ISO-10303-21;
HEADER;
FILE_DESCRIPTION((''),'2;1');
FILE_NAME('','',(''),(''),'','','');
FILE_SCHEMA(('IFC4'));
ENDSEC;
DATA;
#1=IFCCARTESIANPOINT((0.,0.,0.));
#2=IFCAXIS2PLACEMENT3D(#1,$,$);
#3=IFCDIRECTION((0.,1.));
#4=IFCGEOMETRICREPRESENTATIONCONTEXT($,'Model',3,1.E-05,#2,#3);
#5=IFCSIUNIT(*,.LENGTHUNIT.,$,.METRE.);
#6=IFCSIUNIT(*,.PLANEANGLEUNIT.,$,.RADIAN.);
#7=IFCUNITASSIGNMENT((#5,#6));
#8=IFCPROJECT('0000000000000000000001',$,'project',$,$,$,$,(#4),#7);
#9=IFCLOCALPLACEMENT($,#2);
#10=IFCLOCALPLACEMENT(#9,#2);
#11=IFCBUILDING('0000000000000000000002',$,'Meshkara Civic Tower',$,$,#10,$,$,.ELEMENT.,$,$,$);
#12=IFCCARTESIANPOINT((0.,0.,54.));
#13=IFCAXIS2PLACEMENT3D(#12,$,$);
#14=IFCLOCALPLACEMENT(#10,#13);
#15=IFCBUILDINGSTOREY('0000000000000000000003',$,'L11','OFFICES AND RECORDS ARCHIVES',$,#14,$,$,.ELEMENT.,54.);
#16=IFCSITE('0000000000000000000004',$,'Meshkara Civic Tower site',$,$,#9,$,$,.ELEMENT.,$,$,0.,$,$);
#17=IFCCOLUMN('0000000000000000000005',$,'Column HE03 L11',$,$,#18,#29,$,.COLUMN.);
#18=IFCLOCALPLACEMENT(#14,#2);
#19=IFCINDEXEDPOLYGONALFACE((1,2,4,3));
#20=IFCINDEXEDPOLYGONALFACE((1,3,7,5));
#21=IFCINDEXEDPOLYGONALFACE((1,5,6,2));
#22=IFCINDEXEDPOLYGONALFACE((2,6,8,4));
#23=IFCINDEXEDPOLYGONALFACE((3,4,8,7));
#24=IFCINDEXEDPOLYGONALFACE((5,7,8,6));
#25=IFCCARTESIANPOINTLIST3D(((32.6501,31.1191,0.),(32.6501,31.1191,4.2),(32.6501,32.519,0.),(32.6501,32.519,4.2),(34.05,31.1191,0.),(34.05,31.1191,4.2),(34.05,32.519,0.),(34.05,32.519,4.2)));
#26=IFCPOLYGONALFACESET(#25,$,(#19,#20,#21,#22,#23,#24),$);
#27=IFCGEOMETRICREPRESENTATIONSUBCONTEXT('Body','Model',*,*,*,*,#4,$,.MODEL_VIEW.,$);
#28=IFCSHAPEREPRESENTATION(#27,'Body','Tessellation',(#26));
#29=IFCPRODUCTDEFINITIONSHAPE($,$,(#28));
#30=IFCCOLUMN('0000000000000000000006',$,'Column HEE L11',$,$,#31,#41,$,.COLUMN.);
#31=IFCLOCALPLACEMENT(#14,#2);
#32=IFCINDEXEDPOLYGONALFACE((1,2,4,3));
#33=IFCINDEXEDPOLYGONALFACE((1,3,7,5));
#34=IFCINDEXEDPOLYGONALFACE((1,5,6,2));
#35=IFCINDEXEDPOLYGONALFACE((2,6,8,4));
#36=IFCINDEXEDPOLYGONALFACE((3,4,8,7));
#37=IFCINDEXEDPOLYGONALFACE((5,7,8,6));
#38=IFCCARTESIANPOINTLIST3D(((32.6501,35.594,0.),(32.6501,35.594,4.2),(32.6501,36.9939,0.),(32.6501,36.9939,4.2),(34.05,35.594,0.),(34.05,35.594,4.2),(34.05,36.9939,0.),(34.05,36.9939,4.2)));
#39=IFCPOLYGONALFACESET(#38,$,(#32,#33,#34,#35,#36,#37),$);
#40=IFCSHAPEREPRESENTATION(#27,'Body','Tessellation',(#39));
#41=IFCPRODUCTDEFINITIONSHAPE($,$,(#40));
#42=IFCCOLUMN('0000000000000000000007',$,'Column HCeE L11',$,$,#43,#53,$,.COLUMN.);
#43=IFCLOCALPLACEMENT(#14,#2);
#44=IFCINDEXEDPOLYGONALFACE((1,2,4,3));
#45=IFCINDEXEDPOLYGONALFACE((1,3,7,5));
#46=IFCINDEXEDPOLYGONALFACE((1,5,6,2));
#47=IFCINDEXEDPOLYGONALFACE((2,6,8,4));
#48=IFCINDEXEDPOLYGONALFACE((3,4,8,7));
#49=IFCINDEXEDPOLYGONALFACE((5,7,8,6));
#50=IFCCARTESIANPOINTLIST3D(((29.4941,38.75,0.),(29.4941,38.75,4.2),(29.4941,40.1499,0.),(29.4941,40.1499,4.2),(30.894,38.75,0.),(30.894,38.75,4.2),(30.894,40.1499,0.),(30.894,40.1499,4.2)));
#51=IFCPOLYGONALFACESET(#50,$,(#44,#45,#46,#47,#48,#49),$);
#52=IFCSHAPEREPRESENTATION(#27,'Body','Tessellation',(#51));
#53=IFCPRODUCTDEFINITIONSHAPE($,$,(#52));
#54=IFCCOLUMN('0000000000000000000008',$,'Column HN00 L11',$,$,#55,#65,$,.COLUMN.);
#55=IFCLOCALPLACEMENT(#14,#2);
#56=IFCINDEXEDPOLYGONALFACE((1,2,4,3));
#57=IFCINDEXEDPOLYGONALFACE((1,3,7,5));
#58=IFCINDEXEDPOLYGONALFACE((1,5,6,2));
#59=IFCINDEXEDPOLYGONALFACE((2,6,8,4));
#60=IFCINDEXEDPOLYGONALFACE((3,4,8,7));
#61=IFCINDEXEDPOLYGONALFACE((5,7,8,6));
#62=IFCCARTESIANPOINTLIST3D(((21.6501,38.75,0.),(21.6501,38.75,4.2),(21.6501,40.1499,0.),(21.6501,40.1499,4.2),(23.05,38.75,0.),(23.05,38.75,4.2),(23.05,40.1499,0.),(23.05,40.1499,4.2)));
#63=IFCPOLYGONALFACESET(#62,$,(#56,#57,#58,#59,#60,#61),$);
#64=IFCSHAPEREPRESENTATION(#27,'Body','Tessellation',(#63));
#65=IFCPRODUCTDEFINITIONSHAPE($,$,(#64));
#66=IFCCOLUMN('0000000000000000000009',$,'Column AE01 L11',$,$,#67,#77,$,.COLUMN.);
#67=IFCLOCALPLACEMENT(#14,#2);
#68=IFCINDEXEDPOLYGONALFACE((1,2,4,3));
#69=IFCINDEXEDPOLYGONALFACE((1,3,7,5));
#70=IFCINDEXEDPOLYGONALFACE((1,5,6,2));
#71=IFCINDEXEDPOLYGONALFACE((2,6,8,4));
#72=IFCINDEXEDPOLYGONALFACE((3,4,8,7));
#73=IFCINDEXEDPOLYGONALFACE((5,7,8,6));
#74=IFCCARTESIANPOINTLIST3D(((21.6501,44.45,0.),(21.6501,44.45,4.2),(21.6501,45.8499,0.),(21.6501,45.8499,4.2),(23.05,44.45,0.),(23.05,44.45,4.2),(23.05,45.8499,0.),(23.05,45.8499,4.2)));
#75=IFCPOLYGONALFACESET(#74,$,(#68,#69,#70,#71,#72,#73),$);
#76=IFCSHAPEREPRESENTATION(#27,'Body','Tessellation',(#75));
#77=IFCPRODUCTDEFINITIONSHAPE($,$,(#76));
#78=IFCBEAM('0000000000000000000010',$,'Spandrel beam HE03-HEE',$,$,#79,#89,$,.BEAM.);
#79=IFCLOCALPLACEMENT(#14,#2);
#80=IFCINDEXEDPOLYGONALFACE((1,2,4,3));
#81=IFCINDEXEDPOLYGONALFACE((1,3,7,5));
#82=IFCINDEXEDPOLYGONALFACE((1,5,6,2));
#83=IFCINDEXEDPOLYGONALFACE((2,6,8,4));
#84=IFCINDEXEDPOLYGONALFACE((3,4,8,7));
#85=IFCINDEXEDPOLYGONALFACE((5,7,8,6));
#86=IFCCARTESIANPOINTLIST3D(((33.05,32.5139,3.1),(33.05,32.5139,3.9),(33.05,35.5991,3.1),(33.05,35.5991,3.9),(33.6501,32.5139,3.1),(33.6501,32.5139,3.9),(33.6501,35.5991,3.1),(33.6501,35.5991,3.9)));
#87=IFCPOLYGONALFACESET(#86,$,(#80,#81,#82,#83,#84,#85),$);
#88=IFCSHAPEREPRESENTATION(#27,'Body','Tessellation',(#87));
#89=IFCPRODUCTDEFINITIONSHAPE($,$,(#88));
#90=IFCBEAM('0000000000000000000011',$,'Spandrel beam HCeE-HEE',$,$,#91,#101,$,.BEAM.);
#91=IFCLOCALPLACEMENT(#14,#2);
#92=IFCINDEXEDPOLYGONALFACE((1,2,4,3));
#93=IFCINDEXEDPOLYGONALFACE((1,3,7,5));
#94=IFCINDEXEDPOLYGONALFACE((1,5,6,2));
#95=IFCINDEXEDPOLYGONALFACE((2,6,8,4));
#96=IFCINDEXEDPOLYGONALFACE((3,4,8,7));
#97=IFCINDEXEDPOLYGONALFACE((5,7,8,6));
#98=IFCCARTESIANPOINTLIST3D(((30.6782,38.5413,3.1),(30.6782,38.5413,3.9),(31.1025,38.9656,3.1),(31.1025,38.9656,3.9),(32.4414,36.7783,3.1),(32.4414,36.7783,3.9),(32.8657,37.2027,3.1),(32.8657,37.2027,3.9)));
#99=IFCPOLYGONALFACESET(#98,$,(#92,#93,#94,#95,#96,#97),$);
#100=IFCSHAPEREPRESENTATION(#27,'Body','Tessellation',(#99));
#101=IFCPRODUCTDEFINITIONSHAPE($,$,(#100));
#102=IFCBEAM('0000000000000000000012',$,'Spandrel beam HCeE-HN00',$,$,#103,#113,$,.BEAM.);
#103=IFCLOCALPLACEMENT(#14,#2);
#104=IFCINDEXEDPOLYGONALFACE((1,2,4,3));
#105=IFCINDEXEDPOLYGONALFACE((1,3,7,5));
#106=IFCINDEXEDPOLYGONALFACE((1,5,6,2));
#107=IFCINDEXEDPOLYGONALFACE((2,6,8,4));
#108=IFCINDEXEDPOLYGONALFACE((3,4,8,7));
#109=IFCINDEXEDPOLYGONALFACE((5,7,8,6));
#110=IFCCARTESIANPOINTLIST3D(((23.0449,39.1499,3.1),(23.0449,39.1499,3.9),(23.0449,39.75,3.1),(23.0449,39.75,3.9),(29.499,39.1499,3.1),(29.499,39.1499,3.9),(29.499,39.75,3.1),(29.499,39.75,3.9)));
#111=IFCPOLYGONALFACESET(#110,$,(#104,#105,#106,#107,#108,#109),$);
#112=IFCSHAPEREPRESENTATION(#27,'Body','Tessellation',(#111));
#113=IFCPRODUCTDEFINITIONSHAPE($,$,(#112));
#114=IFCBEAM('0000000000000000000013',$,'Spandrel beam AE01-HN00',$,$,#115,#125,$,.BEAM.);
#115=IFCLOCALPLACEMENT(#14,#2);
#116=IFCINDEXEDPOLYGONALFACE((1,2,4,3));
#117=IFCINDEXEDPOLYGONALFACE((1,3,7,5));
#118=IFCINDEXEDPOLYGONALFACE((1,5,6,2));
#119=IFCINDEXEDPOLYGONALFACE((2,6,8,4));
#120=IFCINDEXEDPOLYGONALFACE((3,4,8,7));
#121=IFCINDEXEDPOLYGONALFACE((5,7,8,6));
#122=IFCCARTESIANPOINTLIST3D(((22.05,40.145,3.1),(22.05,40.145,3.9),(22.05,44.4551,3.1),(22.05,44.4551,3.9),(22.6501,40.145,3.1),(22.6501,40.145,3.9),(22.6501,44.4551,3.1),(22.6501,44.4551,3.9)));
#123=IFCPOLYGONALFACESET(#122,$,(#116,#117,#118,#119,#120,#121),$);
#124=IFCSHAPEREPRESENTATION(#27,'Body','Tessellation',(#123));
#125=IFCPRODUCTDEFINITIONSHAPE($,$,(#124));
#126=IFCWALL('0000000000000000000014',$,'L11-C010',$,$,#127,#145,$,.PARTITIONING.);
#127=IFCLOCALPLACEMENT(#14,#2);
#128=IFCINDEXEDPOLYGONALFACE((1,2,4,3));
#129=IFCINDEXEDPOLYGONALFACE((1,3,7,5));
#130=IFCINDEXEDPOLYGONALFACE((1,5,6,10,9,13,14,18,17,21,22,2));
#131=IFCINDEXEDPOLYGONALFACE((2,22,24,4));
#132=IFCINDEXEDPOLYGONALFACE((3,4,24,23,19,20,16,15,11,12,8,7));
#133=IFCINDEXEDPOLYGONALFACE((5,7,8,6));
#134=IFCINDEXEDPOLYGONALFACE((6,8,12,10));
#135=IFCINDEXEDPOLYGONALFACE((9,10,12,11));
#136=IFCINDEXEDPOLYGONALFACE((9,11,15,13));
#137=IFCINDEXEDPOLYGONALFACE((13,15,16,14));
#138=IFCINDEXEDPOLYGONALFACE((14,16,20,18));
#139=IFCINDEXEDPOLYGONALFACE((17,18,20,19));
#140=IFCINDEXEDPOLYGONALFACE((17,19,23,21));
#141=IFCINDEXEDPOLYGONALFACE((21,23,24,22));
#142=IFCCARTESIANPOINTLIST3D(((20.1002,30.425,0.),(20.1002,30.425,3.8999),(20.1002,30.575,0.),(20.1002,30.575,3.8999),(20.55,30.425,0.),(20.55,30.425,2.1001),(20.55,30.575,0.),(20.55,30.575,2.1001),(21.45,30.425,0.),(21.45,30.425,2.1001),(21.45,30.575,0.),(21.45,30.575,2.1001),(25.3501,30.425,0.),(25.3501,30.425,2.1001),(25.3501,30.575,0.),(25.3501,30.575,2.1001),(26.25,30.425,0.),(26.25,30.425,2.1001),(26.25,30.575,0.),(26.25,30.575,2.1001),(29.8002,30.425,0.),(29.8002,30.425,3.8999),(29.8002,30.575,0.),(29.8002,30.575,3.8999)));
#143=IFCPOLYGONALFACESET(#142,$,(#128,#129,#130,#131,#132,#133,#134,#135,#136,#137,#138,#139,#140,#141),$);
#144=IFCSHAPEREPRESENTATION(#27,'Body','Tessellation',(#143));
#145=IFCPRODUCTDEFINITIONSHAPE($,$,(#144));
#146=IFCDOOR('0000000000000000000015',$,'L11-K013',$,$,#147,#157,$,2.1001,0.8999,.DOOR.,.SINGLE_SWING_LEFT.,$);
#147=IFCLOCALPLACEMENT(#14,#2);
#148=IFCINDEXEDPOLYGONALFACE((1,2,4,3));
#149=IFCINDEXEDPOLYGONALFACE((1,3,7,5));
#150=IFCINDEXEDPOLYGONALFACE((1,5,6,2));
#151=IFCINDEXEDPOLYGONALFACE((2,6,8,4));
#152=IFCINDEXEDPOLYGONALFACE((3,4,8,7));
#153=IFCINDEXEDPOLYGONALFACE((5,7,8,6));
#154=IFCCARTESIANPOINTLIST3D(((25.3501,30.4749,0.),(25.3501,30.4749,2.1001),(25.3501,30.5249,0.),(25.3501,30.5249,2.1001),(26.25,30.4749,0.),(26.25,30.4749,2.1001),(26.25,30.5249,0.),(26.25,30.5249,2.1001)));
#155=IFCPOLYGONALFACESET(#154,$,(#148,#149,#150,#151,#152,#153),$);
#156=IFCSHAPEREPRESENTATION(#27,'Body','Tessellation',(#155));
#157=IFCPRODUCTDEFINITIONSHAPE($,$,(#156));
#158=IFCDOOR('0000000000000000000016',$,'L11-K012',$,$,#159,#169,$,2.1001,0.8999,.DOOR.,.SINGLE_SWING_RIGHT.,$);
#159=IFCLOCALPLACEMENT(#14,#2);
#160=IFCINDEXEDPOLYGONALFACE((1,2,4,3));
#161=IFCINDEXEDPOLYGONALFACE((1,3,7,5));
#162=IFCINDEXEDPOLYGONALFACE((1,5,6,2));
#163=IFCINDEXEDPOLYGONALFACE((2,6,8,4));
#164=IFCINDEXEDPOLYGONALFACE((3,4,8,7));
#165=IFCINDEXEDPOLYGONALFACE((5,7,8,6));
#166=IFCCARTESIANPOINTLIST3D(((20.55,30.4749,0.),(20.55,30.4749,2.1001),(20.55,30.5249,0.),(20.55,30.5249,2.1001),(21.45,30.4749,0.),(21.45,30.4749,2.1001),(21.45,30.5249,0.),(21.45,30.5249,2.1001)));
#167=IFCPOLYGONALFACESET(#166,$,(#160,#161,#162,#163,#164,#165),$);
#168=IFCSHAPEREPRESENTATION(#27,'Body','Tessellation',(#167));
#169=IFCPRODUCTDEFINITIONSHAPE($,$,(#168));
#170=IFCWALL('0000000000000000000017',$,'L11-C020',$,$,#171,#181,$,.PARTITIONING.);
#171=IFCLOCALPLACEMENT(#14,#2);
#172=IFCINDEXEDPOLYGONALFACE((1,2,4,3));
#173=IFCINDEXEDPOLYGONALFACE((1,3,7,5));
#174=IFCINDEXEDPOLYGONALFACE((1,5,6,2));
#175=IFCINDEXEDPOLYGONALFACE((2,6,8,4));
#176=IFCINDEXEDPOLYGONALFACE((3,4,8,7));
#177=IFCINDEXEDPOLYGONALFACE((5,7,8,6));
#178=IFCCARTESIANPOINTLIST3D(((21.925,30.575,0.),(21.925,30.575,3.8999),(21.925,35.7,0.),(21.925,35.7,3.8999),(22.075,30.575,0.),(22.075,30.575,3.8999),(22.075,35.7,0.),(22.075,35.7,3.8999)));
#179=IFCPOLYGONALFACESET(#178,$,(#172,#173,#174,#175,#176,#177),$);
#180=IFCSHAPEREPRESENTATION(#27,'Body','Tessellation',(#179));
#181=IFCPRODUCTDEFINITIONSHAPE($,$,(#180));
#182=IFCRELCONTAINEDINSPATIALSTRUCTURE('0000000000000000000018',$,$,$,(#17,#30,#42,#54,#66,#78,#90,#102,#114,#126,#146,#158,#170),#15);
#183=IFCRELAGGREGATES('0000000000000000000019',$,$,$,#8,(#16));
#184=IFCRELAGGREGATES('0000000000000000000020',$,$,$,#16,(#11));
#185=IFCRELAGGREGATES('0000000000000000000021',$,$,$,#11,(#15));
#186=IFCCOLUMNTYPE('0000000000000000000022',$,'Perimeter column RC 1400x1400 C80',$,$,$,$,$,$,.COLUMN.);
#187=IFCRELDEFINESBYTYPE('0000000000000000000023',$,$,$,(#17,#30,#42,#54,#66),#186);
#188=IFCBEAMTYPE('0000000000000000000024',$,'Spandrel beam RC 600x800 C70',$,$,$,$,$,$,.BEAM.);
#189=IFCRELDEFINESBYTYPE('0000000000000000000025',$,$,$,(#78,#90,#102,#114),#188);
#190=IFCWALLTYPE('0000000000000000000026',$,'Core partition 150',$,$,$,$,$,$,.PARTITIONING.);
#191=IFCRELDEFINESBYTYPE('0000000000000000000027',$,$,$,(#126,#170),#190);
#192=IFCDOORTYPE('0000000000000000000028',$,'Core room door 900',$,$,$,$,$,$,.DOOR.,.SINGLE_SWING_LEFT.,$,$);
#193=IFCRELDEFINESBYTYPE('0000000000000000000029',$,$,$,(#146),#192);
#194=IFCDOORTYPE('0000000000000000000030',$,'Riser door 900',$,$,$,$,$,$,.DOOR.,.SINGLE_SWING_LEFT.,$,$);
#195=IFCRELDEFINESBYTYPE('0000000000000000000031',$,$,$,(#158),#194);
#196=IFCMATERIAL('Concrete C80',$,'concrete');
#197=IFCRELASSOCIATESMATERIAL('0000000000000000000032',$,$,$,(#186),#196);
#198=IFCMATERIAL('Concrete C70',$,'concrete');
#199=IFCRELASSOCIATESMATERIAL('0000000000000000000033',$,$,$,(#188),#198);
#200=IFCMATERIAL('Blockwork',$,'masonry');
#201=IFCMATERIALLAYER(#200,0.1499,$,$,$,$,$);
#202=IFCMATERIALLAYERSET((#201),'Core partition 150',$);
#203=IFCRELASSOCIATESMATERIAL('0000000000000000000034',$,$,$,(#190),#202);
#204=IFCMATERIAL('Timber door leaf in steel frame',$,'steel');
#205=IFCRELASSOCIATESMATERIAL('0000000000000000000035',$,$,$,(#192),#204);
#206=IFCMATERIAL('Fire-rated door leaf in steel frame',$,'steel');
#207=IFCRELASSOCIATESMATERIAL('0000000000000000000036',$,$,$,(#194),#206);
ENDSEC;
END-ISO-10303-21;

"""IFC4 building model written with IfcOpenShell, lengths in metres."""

from ifc_helpers import new_model, si_unit, direction, frame, frame_2d, origin, origin_2d, place, context, subcontext, project, spatial, rectangle, extrude, material, layer, layer_set, material_profile, profile_set, type_object, element, fill, save


model = new_model("IFC4")

# Units and contexts
model_context = context("Model", 3, precision=1e-05, world=origin(), true_north=direction((0.0, 1.0)))
body_context = subcontext(model_context, "Body", "Model", "MODEL_VIEW")
ifc_project = project(units=[si_unit("LENGTHUNIT", "METRE"), si_unit("PLANEANGLEUNIT", "RADIAN")], contexts=[model_context])

# Site, building, storey
site_placement = place(None, origin())
site = spatial("IfcSite", under=ifc_project, at=site_placement, Name="Meshkara Civic Tower site", CompositionType="ELEMENT", RefElevation=0.0)
building_placement = place(site_placement, origin())
building = spatial("IfcBuilding", under=site, at=building_placement, Name="Meshkara Civic Tower", CompositionType="ELEMENT")
storey_placement = place(building_placement, frame((0.0, 0.0, 54.0)))
storey = spatial("IfcBuildingStorey", under=building, at=storey_placement, Name="L11", Description="OFFICES AND RECORDS ARCHIVES", CompositionType="ELEMENT", Elevation=54.0)

# Columns
ifc_material_1 = material(Name="Concrete C80", Category="concrete")
ifc_material_profile_1 = material_profile(ifc_material_1, rectangle(XDim=1.3999, YDim=1.3999, at=origin_2d()))
ifc_profile_set_1 = profile_set([ifc_material_profile_1], Name="Concrete C80")
column_type = type_object("IfcColumnType", Name="Perimeter column RC 1400x1400 C80", PredefinedType="COLUMN", material=ifc_profile_set_1)
for number, where, z_axis, x_axis, name in (
    (1, (33.3501, 31.8191, 0.0), (0.0, 0.0, 1.0), (1.0, 0.0, 0.0), "Column HE03 L11"),
    (2, (33.3501, 36.2939, 0.0), (0.0, 0.0, 1.0), (1.0, 0.0, 0.0), "Column HEE L11"),
    (3, (30.1941, 39.45, 0.0), (0.0, 0.0, 1.0), (1.0, 0.0, 0.0), "Column HCeE L11"),
    (4, (22.3501, 39.45, 0.0), (0.0, 0.0, 1.0), (1.0, 0.0, 0.0), "Column HN00 L11"),
    (5, (22.3501, 45.1499, 0.0), (0.0, 0.0, 1.0), (1.0, 0.0, 0.0), "Column AE01 L11"),
):
    element("IfcColumn", number, at=place(storey_placement, frame(where, z_axis=z_axis, x_axis=x_axis)), inside=storey, type_object=column_type, Name=name, PredefinedType="COLUMN", context=body_context, shape_type="SweptSolid", body=[
        extrude(rectangle(XDim=1.3999, YDim=1.3999, at=origin_2d()), origin(), (0.0, 0.0, 1.0), 4.2),
    ])

# Beams
ifc_material_2 = material(Name="Concrete C70", Category="concrete")
ifc_material_profile_2 = material_profile(ifc_material_2, rectangle(XDim=0.6001, YDim=0.8, at=origin_2d()))
ifc_profile_set_2 = profile_set([ifc_material_profile_2], Name="Concrete C70")
beam_type = type_object("IfcBeamType", Name="Spandrel beam RC 600x800 C70", PredefinedType="BEAM", material=ifc_profile_set_2)
beam_1_placement = place(storey_placement, frame((33.3501, 32.5139, 3.5), z_axis=(0.0, 1.0, 0.0), x_axis=(-1.0, 0.0, 0.0)))
element("IfcBeam", 6, at=beam_1_placement, inside=storey, type_object=beam_type, Name="Spandrel beam HE03-HEE", PredefinedType="BEAM", context=body_context, shape_type="SweptSolid", body=[
    extrude(rectangle(XDim=0.6001, YDim=0.8, at=origin_2d()), origin(), (0.0, 0.0, 1.0), 3.0852),
])
beam_2_placement = place(storey_placement, frame((32.6536, 36.9905, 3.5), z_axis=(-0.707156, 0.707058, 0.0), x_axis=(-0.707058, -0.707156, 0.0)))
element("IfcBeam", 7, at=beam_2_placement, inside=storey, type_object=beam_type, Name="Spandrel beam HCeE-HEE", PredefinedType="BEAM", context=body_context, shape_type="SweptSolid", body=[
    extrude(rectangle(XDim=0.6001, YDim=0.8, at=origin_2d()), origin(), (0.0, 0.0, 1.0), 2.4934),
])
beam_3_placement = place(storey_placement, frame((29.499, 39.45, 3.5), z_axis=(-1.0, 0.0, 0.0), x_axis=(0.0, -1.0, 0.0)))
element("IfcBeam", 8, at=beam_3_placement, inside=storey, type_object=beam_type, Name="Spandrel beam HCeE-HN00", PredefinedType="BEAM", context=body_context, shape_type="SweptSolid", body=[
    extrude(rectangle(XDim=0.6001, YDim=0.8, at=origin_2d()), origin(), (0.0, 0.0, 1.0), 6.4541),
])
beam_4_placement = place(storey_placement, frame((22.3501, 40.145, 3.5), z_axis=(0.0, 1.0, 0.0), x_axis=(-1.0, 0.0, 0.0)))
element("IfcBeam", 9, at=beam_4_placement, inside=storey, type_object=beam_type, Name="Spandrel beam AE01-HN00", PredefinedType="BEAM", context=body_context, shape_type="SweptSolid", body=[
    extrude(rectangle(XDim=0.6001, YDim=0.8, at=origin_2d()), origin(), (0.0, 0.0, 1.0), 4.3101),
])

# Wall, openings, doors
ifc_material_3 = material(Name="Blockwork", Category="masonry")
ifc_layer_1 = layer(ifc_material_3, 0.1499)
ifc_layer_set_1 = layer_set([ifc_layer_1], Name="Core partition 150")
wall_type_1 = type_object("IfcWallType", Name="Core partition 150", PredefinedType="PARTITIONING", material=ifc_layer_set_1)
wall_1_placement = place(storey_placement, frame((20.1001, 30.5, 0.0), z_axis=(0.0, 0.0, 1.0), x_axis=(1.0, 0.0, 0.0)))
wall_1 = element("IfcWall", 10, at=wall_1_placement, inside=storey, type_object=wall_type_1, Name="L11-C010", PredefinedType="PARTITIONING", context=body_context, shape_type="SweptSolid", body=[
    extrude(rectangle(XDim=9.7, YDim=0.1499, at=frame_2d((4.8501, 0.0))), origin(), (0.0, 0.0, 1.0), 3.8999),
])
opening_1_placement = place(wall_1_placement, frame((0.45, 0.0, 0.0)))
opening_1 = element("IfcOpeningElement", 11, at=opening_1_placement, cuts=wall_1, PredefinedType="OPENING", context=body_context, shape_type="SweptSolid", body=[
    extrude(rectangle(XDim=0.8999, YDim=2.1001, at=frame_2d((0.45, 1.05))), frame((0.0, 0.085, 0.0), z_axis=(0.0, -1.0, 0.0), x_axis=(1.0, 0.0, 0.0)), (0.0, 0.0, 1.0), 0.1699),
])
opening_2_placement = place(wall_1_placement, frame((5.25, 0.0, 0.0)))
opening_2 = element("IfcOpeningElement", 12, at=opening_2_placement, cuts=wall_1, PredefinedType="OPENING", context=body_context, shape_type="SweptSolid", body=[
    extrude(rectangle(XDim=0.8999, YDim=2.1001, at=frame_2d((0.45, 1.05))), frame((0.0, 0.085, 0.0), z_axis=(0.0, -1.0, 0.0), x_axis=(1.0, 0.0, 0.0)), (0.0, 0.0, 1.0), 0.1699),
])
ifc_material_4 = material(Name="Timber door leaf in steel frame", Category="steel")
door_type_1 = type_object("IfcDoorType", Name="Core room door 900", OperationType="SINGLE_SWING_LEFT", PredefinedType="DOOR", material=ifc_material_4)
door_1_placement = place(opening_2_placement, origin())
door_1 = element("IfcDoor", 13, at=door_1_placement, inside=storey, type_object=door_type_1, Name="L11-K013", OperationType="SINGLE_SWING_LEFT", OverallHeight=2.1001, OverallWidth=0.8999, PredefinedType="DOOR", context=body_context, shape_type="SweptSolid", body=[
    extrude(rectangle(XDim=0.8999, YDim=2.1001, at=frame_2d((0.45, 1.05))), frame((0.0, 0.0249, 0.0), z_axis=(0.0, -1.0, 0.0), x_axis=(1.0, 0.0, 0.0)), (0.0, 0.0, 1.0), 0.05),
])
fill(opening_2, door_1)
ifc_material_5 = material(Name="Fire-rated door leaf in steel frame", Category="steel")
door_type_2 = type_object("IfcDoorType", Name="Riser door 900", OperationType="SINGLE_SWING_LEFT", PredefinedType="DOOR", material=ifc_material_5)
door_2_placement = place(opening_1_placement, origin())
door_2 = element("IfcDoor", 14, at=door_2_placement, inside=storey, type_object=door_type_2, Name="L11-K012", OperationType="SINGLE_SWING_RIGHT", OverallHeight=2.1001, OverallWidth=0.8999, PredefinedType="DOOR", context=body_context, shape_type="SweptSolid", body=[
    extrude(rectangle(XDim=0.8999, YDim=2.1001, at=frame_2d((0.45, 1.05))), frame((0.0, 0.0249, 0.0), z_axis=(0.0, -1.0, 0.0), x_axis=(1.0, 0.0, 0.0)), (0.0, 0.0, 1.0), 0.05),
])
fill(opening_1, door_2)

# Wall
wall_2_placement = place(storey_placement, frame((22.0, 30.575, 0.0), z_axis=(0.0, 0.0, 1.0), x_axis=(0.0, 1.0, 0.0)))
element("IfcWall", 15, at=wall_2_placement, inside=storey, type_object=wall_type_1, Name="L11-C020", PredefinedType="PARTITIONING", context=body_context, shape_type="SweptSolid", body=[
    extrude(rectangle(XDim=5.125, YDim=0.1499, at=frame_2d((2.5625, 0.0))), origin(), (0.0, 0.0, 1.0), 3.8999),
])

save(model, "model.ifc")
